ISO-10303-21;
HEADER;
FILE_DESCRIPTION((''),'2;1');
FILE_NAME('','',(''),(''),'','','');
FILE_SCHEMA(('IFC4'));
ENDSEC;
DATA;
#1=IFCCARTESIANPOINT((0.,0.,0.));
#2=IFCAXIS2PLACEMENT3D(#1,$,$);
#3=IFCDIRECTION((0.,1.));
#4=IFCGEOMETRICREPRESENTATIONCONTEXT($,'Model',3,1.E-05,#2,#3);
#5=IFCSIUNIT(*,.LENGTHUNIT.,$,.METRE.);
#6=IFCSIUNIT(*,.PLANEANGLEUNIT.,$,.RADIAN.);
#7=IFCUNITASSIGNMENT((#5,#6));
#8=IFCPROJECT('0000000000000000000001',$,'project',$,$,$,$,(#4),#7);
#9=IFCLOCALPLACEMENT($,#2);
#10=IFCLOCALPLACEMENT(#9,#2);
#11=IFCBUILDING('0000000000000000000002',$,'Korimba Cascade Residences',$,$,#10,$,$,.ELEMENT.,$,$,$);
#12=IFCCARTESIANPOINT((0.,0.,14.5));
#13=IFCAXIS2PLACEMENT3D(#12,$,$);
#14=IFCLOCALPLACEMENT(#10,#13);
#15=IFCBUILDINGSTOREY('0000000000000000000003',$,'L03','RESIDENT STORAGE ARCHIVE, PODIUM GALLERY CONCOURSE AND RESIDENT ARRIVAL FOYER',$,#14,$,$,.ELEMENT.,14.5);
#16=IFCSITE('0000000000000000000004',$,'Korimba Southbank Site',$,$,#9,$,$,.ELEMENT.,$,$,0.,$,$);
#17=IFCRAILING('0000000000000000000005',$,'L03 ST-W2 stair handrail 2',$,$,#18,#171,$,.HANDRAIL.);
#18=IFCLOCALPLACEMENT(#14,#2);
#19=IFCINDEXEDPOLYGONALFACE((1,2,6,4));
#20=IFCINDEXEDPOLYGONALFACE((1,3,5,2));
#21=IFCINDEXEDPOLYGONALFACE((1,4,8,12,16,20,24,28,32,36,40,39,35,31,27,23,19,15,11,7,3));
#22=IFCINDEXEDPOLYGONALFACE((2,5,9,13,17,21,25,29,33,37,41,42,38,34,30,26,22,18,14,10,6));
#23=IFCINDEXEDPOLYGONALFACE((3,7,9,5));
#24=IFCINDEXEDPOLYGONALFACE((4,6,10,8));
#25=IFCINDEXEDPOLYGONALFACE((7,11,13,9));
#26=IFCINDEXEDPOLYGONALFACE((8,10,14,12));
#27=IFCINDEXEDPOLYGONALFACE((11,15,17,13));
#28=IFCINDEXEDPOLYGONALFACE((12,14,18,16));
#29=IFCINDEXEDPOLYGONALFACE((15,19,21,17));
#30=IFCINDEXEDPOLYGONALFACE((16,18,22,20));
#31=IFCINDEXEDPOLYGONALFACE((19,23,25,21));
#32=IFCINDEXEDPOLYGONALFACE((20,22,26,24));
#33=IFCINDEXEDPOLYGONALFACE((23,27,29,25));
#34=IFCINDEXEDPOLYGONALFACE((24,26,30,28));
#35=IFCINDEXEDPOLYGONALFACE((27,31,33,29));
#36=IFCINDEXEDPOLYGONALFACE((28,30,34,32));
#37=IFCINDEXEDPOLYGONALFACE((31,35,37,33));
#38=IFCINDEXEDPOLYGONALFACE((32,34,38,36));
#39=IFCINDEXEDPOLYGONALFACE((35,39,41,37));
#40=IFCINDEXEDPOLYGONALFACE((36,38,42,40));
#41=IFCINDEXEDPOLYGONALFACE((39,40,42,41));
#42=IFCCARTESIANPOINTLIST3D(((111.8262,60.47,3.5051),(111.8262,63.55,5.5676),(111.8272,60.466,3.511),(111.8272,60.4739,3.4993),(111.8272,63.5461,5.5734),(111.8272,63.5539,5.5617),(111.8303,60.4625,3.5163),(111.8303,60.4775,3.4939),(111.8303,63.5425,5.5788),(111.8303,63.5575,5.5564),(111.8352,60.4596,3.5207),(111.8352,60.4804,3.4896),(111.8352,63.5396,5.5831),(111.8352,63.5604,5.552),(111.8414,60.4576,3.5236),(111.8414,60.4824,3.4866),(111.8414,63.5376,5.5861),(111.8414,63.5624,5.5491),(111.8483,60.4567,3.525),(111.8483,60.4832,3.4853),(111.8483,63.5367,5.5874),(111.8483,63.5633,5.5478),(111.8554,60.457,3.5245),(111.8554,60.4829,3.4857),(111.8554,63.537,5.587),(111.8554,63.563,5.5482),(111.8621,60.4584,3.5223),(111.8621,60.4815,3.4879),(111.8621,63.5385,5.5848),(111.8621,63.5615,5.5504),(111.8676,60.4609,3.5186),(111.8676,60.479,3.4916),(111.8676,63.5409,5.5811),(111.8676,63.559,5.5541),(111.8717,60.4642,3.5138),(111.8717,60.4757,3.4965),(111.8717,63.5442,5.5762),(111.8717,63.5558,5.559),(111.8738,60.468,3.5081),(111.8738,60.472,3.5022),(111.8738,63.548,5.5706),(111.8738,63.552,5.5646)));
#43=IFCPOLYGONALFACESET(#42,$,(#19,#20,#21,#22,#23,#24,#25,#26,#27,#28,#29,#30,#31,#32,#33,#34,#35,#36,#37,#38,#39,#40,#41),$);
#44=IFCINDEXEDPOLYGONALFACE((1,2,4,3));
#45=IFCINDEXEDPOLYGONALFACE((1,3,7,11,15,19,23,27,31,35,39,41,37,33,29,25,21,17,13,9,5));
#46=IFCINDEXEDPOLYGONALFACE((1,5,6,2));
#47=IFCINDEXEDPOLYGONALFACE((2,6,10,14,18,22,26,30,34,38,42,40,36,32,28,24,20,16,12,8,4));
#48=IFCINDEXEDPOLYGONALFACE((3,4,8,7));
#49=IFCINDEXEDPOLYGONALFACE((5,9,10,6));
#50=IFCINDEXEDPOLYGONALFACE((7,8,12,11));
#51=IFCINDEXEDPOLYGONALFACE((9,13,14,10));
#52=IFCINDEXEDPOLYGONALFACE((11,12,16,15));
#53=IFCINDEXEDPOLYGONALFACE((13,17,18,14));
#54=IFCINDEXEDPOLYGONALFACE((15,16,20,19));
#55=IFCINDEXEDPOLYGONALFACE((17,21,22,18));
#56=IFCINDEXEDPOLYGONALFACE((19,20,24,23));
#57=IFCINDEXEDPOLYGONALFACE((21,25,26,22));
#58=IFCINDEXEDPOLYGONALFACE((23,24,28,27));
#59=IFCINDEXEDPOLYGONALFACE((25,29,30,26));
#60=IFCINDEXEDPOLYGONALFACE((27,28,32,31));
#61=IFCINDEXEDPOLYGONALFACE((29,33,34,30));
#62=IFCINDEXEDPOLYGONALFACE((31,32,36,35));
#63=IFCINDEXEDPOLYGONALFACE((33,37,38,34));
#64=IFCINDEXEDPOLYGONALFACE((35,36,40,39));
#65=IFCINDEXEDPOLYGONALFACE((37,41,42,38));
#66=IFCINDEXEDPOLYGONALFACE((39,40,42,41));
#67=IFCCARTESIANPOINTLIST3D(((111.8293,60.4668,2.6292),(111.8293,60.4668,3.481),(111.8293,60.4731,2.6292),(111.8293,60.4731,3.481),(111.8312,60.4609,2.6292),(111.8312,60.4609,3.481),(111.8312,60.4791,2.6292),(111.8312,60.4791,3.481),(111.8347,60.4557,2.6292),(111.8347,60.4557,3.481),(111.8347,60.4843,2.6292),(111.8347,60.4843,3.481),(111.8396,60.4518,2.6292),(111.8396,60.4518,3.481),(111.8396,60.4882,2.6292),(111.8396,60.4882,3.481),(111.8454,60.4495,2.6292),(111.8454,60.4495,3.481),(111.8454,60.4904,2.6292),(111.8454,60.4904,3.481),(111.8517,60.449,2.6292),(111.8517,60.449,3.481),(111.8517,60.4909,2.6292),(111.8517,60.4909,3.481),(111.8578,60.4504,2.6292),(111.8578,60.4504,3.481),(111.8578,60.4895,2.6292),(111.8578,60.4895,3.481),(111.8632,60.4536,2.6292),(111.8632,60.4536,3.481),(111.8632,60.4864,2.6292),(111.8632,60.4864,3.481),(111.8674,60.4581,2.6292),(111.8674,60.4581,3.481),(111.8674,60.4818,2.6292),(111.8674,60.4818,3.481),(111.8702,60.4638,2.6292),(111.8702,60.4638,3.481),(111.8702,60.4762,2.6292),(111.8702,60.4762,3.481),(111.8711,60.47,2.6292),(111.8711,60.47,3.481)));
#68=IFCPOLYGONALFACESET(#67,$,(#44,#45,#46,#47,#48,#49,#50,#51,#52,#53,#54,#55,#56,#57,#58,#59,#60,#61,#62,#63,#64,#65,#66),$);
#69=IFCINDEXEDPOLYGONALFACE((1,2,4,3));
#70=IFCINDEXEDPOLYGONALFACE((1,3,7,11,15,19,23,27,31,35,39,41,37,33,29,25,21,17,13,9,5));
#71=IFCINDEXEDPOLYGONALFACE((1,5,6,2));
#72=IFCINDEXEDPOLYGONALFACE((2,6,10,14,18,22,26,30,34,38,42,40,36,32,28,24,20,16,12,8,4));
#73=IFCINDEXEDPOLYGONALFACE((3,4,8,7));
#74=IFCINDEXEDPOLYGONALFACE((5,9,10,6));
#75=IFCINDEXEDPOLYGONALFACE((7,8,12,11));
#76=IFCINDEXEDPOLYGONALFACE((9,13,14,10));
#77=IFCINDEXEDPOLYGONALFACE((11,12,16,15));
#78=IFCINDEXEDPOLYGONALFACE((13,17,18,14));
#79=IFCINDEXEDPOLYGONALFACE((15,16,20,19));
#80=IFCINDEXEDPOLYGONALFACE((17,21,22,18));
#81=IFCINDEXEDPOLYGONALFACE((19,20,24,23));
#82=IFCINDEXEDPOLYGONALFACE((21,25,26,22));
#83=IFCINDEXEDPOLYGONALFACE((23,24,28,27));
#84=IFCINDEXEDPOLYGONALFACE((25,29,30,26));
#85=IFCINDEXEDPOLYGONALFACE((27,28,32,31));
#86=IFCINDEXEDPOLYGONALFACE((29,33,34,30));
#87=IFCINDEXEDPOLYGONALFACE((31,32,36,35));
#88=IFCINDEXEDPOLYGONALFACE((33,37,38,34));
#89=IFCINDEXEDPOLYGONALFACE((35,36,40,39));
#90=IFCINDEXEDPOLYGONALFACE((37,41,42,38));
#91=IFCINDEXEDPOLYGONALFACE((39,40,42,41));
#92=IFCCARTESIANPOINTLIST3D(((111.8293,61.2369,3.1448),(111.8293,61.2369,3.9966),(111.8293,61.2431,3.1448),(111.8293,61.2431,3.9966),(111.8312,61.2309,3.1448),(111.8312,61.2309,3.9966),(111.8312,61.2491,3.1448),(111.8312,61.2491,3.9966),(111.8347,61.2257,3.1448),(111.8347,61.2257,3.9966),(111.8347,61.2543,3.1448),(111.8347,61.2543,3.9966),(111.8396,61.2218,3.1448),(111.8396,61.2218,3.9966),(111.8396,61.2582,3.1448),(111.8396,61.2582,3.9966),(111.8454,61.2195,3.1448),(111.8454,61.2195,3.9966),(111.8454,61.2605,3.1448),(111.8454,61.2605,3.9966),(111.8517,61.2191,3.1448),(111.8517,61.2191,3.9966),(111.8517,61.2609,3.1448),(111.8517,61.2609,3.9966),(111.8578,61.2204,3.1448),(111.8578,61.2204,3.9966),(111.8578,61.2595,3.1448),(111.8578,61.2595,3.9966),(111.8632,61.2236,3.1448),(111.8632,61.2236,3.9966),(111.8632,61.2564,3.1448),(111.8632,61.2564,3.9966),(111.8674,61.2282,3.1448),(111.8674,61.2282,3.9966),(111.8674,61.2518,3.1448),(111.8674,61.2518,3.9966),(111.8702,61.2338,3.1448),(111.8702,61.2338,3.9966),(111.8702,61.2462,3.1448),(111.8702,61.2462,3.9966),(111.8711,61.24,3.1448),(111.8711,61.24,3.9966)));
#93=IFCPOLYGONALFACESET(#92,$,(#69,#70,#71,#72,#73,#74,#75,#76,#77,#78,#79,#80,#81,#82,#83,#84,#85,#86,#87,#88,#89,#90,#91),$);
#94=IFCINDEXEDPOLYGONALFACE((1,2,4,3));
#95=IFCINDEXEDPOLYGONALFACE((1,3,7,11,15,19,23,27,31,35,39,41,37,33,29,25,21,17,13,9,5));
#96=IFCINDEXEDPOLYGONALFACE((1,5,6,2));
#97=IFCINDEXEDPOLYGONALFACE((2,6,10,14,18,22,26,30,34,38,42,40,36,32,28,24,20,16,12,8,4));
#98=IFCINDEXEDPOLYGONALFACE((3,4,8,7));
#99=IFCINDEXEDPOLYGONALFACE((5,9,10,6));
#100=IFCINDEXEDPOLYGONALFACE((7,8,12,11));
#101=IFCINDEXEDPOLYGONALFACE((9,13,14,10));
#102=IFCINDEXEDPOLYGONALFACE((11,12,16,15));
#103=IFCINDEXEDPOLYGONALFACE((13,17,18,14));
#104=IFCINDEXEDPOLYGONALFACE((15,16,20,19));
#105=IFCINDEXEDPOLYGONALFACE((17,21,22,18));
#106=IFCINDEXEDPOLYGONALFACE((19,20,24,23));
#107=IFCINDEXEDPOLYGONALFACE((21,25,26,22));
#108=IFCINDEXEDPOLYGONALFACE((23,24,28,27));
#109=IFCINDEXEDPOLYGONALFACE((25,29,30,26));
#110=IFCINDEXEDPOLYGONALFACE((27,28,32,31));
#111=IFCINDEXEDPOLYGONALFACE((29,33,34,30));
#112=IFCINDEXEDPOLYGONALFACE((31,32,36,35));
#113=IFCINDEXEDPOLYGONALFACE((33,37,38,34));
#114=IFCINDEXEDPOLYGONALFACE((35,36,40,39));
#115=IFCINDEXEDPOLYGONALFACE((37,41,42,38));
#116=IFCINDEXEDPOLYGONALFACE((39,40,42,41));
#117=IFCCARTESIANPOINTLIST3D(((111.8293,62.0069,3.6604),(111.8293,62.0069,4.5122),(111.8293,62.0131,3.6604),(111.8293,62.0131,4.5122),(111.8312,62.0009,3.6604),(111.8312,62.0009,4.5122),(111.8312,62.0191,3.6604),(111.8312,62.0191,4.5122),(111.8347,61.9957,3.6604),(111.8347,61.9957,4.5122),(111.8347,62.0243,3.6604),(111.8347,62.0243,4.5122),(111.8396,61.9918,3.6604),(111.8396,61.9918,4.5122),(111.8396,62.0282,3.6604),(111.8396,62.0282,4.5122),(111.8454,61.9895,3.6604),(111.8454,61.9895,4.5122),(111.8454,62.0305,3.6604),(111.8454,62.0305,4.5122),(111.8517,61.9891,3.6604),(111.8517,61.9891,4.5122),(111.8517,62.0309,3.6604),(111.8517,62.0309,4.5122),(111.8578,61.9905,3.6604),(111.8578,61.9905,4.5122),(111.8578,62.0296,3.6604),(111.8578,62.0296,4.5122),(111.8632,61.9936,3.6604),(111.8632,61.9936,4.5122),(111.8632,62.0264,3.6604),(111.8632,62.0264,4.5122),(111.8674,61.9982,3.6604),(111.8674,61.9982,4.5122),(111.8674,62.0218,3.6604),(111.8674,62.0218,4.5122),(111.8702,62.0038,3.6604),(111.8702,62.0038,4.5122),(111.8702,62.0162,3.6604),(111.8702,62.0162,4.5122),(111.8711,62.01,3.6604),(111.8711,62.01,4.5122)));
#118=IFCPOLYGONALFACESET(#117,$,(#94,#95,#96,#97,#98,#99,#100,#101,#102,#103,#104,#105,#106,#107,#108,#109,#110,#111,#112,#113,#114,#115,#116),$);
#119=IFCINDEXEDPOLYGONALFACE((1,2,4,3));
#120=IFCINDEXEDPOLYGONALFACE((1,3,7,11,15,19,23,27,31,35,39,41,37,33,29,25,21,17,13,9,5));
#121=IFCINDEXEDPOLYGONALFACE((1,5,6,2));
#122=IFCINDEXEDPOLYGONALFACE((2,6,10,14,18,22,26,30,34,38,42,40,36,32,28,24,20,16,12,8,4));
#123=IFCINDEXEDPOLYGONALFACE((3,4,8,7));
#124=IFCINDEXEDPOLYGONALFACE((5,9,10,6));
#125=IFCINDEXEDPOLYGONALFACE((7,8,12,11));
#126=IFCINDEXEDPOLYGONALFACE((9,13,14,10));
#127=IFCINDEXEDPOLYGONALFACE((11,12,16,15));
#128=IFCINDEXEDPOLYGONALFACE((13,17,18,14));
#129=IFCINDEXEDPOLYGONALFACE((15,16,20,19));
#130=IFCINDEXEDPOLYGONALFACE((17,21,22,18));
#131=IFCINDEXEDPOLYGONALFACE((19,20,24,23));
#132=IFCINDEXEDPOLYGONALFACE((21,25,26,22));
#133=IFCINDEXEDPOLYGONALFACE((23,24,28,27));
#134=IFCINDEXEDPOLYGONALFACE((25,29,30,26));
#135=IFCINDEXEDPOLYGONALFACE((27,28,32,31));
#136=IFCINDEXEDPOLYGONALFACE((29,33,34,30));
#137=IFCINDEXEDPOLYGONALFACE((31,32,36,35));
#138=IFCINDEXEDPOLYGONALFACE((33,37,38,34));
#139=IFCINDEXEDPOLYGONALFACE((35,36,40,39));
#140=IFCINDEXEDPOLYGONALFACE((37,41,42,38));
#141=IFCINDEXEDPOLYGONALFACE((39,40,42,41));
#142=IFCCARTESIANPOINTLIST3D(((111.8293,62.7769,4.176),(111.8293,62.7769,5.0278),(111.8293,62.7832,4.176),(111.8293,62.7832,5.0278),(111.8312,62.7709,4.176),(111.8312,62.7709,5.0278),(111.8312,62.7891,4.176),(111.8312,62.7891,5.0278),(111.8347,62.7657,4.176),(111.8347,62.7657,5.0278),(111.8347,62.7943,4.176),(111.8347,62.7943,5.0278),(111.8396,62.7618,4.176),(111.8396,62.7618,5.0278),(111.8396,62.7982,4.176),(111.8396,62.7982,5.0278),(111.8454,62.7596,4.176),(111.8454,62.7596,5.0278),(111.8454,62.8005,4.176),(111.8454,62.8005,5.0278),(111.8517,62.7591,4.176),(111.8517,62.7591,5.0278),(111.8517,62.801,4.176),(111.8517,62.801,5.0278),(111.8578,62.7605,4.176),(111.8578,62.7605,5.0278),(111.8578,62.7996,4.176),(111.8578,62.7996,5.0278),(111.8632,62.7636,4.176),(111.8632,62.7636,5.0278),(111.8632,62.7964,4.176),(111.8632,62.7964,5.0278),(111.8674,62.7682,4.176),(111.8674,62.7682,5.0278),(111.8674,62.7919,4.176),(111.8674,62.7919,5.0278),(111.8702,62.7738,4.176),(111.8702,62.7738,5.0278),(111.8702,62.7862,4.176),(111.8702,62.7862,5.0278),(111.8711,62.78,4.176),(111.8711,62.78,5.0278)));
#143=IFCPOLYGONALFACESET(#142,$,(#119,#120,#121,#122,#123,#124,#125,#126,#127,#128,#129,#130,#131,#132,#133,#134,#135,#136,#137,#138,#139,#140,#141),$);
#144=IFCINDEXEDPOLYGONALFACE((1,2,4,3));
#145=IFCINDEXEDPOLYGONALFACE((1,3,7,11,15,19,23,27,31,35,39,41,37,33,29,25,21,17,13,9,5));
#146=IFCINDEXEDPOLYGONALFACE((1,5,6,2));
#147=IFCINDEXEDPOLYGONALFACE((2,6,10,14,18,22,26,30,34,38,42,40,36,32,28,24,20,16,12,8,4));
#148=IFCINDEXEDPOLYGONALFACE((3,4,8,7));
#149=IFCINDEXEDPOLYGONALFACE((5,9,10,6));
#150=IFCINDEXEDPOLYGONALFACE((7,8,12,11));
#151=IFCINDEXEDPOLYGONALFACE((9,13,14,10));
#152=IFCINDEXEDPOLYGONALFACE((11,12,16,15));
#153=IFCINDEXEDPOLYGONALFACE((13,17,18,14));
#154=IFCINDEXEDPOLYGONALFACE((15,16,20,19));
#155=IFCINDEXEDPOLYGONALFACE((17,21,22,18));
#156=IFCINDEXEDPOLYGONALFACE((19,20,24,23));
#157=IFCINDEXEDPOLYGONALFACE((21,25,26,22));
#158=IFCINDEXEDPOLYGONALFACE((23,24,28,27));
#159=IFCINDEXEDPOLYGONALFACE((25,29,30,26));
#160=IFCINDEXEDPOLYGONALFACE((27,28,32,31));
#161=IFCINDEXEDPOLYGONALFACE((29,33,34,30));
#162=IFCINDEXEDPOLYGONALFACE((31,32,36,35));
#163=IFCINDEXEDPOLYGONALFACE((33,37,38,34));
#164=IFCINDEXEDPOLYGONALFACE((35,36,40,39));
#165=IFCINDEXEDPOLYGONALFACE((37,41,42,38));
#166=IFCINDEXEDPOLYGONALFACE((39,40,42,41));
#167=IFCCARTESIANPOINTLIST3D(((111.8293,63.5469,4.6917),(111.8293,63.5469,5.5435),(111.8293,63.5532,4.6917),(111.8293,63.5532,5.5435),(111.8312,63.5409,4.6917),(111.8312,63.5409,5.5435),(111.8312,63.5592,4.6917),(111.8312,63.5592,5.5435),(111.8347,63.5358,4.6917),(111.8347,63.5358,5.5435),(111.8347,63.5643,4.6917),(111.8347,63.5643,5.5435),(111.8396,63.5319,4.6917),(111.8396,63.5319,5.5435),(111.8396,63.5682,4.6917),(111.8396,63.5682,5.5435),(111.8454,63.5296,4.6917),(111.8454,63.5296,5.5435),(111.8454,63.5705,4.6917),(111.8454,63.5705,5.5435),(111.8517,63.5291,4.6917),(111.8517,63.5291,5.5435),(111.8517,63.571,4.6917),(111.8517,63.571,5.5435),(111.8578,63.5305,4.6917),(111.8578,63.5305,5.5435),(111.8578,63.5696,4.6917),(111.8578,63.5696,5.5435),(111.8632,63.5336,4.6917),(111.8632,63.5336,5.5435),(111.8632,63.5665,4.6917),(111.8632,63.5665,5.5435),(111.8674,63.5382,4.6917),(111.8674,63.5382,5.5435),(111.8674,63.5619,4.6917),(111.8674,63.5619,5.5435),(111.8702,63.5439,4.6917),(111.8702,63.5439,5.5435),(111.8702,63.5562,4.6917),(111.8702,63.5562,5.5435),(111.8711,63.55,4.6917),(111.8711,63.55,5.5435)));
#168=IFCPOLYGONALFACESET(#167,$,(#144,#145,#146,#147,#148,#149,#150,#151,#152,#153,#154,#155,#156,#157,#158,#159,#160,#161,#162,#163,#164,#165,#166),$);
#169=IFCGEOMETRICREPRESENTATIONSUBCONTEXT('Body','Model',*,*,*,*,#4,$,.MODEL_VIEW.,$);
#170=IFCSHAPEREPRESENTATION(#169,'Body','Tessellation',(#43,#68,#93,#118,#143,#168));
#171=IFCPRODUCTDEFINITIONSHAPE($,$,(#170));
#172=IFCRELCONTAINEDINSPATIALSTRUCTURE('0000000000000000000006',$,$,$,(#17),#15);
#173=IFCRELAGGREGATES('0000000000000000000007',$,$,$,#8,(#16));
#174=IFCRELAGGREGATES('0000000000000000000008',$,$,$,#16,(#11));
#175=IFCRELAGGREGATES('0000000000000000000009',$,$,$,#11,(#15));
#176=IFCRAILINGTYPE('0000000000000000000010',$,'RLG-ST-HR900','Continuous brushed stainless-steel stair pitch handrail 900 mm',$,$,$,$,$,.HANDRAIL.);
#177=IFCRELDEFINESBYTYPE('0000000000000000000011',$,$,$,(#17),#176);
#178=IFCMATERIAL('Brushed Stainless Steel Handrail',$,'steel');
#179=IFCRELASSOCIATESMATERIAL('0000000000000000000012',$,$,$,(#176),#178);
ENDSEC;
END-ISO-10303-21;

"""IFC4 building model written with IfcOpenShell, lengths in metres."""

from ifc_helpers import new_model, si_unit, direction, frame, origin, origin_2d, place, context, subcontext, project, spatial, circle, extrude, material, type_object, element, save


model = new_model("IFC4")

# Units and contexts
model_context = context("Model", 3, precision=1e-05, world=origin(), true_north=direction((0.0, 1.0)))
body_context = subcontext(model_context, "Body", "Model", "MODEL_VIEW")
ifc_project = project(units=[si_unit("LENGTHUNIT", "METRE"), si_unit("PLANEANGLEUNIT", "RADIAN")], contexts=[model_context])

# Site, building, storey
site_placement = place(None, origin())
site = spatial("IfcSite", under=ifc_project, at=site_placement, Name="Korimba Southbank Site", CompositionType="ELEMENT", RefElevation=0.0)
building_placement = place(site_placement, origin())
building = spatial("IfcBuilding", under=site, at=building_placement, Name="Korimba Cascade Residences", CompositionType="ELEMENT")
storey_placement = place(building_placement, frame((0.0, 0.0, 14.5)))
storey = spatial("IfcBuildingStorey", under=building, at=storey_placement, Name="L03", Description="RESIDENT STORAGE ARCHIVE, PODIUM GALLERY CONCOURSE AND RESIDENT ARRIVAL FOYER", CompositionType="ELEMENT", Elevation=14.5)

# Railing
ifc_material_1 = material(Name="Brushed Stainless Steel Handrail", Category="steel")
railing_type_1 = type_object("IfcRailingType", Name="RLG-ST-HR900", Description="Continuous brushed stainless-steel stair pitch handrail 900 mm", PredefinedType="HANDRAIL", material=ifc_material_1)
railing_1_placement = place(storey_placement, frame((111.8501, 60.47, 2.6292)))
element("IfcRailing", 1, at=railing_1_placement, inside=storey, type_object=railing_type_1, Name="L03 ST-W2 stair handrail 2", PredefinedType="HANDRAIL", context=body_context, shape_type="SweptSolid", body=[
    extrude(circle(Radius=0.0239, at=origin_2d()), frame((0.0, 0.0, 0.876), z_axis=(0.0, 0.830914, 0.556401), x_axis=(-1.0, 0.0, 0.0)), (0.0, 0.0, 1.0), 3.7068),
    extrude(circle(Radius=0.021, at=origin_2d()), origin(), (0.0, 0.0, 1.0), 0.8518),
    extrude(circle(Radius=0.021, at=origin_2d()), frame((0.0, 0.77, 0.5156)), (0.0, 0.0, 1.0), 0.8518),
    extrude(circle(Radius=0.021, at=origin_2d()), frame((0.0, 1.54, 1.0312)), (0.0, 0.0, 1.0), 0.8518),
    extrude(circle(Radius=0.021, at=origin_2d()), frame((0.0, 2.3101, 1.5469)), (0.0, 0.0, 1.0), 0.8518),
    extrude(circle(Radius=0.021, at=origin_2d()), frame((0.0, 3.0801, 2.0625)), (0.0, 0.0, 1.0), 0.8518),
])

save(model, "model.ifc")
